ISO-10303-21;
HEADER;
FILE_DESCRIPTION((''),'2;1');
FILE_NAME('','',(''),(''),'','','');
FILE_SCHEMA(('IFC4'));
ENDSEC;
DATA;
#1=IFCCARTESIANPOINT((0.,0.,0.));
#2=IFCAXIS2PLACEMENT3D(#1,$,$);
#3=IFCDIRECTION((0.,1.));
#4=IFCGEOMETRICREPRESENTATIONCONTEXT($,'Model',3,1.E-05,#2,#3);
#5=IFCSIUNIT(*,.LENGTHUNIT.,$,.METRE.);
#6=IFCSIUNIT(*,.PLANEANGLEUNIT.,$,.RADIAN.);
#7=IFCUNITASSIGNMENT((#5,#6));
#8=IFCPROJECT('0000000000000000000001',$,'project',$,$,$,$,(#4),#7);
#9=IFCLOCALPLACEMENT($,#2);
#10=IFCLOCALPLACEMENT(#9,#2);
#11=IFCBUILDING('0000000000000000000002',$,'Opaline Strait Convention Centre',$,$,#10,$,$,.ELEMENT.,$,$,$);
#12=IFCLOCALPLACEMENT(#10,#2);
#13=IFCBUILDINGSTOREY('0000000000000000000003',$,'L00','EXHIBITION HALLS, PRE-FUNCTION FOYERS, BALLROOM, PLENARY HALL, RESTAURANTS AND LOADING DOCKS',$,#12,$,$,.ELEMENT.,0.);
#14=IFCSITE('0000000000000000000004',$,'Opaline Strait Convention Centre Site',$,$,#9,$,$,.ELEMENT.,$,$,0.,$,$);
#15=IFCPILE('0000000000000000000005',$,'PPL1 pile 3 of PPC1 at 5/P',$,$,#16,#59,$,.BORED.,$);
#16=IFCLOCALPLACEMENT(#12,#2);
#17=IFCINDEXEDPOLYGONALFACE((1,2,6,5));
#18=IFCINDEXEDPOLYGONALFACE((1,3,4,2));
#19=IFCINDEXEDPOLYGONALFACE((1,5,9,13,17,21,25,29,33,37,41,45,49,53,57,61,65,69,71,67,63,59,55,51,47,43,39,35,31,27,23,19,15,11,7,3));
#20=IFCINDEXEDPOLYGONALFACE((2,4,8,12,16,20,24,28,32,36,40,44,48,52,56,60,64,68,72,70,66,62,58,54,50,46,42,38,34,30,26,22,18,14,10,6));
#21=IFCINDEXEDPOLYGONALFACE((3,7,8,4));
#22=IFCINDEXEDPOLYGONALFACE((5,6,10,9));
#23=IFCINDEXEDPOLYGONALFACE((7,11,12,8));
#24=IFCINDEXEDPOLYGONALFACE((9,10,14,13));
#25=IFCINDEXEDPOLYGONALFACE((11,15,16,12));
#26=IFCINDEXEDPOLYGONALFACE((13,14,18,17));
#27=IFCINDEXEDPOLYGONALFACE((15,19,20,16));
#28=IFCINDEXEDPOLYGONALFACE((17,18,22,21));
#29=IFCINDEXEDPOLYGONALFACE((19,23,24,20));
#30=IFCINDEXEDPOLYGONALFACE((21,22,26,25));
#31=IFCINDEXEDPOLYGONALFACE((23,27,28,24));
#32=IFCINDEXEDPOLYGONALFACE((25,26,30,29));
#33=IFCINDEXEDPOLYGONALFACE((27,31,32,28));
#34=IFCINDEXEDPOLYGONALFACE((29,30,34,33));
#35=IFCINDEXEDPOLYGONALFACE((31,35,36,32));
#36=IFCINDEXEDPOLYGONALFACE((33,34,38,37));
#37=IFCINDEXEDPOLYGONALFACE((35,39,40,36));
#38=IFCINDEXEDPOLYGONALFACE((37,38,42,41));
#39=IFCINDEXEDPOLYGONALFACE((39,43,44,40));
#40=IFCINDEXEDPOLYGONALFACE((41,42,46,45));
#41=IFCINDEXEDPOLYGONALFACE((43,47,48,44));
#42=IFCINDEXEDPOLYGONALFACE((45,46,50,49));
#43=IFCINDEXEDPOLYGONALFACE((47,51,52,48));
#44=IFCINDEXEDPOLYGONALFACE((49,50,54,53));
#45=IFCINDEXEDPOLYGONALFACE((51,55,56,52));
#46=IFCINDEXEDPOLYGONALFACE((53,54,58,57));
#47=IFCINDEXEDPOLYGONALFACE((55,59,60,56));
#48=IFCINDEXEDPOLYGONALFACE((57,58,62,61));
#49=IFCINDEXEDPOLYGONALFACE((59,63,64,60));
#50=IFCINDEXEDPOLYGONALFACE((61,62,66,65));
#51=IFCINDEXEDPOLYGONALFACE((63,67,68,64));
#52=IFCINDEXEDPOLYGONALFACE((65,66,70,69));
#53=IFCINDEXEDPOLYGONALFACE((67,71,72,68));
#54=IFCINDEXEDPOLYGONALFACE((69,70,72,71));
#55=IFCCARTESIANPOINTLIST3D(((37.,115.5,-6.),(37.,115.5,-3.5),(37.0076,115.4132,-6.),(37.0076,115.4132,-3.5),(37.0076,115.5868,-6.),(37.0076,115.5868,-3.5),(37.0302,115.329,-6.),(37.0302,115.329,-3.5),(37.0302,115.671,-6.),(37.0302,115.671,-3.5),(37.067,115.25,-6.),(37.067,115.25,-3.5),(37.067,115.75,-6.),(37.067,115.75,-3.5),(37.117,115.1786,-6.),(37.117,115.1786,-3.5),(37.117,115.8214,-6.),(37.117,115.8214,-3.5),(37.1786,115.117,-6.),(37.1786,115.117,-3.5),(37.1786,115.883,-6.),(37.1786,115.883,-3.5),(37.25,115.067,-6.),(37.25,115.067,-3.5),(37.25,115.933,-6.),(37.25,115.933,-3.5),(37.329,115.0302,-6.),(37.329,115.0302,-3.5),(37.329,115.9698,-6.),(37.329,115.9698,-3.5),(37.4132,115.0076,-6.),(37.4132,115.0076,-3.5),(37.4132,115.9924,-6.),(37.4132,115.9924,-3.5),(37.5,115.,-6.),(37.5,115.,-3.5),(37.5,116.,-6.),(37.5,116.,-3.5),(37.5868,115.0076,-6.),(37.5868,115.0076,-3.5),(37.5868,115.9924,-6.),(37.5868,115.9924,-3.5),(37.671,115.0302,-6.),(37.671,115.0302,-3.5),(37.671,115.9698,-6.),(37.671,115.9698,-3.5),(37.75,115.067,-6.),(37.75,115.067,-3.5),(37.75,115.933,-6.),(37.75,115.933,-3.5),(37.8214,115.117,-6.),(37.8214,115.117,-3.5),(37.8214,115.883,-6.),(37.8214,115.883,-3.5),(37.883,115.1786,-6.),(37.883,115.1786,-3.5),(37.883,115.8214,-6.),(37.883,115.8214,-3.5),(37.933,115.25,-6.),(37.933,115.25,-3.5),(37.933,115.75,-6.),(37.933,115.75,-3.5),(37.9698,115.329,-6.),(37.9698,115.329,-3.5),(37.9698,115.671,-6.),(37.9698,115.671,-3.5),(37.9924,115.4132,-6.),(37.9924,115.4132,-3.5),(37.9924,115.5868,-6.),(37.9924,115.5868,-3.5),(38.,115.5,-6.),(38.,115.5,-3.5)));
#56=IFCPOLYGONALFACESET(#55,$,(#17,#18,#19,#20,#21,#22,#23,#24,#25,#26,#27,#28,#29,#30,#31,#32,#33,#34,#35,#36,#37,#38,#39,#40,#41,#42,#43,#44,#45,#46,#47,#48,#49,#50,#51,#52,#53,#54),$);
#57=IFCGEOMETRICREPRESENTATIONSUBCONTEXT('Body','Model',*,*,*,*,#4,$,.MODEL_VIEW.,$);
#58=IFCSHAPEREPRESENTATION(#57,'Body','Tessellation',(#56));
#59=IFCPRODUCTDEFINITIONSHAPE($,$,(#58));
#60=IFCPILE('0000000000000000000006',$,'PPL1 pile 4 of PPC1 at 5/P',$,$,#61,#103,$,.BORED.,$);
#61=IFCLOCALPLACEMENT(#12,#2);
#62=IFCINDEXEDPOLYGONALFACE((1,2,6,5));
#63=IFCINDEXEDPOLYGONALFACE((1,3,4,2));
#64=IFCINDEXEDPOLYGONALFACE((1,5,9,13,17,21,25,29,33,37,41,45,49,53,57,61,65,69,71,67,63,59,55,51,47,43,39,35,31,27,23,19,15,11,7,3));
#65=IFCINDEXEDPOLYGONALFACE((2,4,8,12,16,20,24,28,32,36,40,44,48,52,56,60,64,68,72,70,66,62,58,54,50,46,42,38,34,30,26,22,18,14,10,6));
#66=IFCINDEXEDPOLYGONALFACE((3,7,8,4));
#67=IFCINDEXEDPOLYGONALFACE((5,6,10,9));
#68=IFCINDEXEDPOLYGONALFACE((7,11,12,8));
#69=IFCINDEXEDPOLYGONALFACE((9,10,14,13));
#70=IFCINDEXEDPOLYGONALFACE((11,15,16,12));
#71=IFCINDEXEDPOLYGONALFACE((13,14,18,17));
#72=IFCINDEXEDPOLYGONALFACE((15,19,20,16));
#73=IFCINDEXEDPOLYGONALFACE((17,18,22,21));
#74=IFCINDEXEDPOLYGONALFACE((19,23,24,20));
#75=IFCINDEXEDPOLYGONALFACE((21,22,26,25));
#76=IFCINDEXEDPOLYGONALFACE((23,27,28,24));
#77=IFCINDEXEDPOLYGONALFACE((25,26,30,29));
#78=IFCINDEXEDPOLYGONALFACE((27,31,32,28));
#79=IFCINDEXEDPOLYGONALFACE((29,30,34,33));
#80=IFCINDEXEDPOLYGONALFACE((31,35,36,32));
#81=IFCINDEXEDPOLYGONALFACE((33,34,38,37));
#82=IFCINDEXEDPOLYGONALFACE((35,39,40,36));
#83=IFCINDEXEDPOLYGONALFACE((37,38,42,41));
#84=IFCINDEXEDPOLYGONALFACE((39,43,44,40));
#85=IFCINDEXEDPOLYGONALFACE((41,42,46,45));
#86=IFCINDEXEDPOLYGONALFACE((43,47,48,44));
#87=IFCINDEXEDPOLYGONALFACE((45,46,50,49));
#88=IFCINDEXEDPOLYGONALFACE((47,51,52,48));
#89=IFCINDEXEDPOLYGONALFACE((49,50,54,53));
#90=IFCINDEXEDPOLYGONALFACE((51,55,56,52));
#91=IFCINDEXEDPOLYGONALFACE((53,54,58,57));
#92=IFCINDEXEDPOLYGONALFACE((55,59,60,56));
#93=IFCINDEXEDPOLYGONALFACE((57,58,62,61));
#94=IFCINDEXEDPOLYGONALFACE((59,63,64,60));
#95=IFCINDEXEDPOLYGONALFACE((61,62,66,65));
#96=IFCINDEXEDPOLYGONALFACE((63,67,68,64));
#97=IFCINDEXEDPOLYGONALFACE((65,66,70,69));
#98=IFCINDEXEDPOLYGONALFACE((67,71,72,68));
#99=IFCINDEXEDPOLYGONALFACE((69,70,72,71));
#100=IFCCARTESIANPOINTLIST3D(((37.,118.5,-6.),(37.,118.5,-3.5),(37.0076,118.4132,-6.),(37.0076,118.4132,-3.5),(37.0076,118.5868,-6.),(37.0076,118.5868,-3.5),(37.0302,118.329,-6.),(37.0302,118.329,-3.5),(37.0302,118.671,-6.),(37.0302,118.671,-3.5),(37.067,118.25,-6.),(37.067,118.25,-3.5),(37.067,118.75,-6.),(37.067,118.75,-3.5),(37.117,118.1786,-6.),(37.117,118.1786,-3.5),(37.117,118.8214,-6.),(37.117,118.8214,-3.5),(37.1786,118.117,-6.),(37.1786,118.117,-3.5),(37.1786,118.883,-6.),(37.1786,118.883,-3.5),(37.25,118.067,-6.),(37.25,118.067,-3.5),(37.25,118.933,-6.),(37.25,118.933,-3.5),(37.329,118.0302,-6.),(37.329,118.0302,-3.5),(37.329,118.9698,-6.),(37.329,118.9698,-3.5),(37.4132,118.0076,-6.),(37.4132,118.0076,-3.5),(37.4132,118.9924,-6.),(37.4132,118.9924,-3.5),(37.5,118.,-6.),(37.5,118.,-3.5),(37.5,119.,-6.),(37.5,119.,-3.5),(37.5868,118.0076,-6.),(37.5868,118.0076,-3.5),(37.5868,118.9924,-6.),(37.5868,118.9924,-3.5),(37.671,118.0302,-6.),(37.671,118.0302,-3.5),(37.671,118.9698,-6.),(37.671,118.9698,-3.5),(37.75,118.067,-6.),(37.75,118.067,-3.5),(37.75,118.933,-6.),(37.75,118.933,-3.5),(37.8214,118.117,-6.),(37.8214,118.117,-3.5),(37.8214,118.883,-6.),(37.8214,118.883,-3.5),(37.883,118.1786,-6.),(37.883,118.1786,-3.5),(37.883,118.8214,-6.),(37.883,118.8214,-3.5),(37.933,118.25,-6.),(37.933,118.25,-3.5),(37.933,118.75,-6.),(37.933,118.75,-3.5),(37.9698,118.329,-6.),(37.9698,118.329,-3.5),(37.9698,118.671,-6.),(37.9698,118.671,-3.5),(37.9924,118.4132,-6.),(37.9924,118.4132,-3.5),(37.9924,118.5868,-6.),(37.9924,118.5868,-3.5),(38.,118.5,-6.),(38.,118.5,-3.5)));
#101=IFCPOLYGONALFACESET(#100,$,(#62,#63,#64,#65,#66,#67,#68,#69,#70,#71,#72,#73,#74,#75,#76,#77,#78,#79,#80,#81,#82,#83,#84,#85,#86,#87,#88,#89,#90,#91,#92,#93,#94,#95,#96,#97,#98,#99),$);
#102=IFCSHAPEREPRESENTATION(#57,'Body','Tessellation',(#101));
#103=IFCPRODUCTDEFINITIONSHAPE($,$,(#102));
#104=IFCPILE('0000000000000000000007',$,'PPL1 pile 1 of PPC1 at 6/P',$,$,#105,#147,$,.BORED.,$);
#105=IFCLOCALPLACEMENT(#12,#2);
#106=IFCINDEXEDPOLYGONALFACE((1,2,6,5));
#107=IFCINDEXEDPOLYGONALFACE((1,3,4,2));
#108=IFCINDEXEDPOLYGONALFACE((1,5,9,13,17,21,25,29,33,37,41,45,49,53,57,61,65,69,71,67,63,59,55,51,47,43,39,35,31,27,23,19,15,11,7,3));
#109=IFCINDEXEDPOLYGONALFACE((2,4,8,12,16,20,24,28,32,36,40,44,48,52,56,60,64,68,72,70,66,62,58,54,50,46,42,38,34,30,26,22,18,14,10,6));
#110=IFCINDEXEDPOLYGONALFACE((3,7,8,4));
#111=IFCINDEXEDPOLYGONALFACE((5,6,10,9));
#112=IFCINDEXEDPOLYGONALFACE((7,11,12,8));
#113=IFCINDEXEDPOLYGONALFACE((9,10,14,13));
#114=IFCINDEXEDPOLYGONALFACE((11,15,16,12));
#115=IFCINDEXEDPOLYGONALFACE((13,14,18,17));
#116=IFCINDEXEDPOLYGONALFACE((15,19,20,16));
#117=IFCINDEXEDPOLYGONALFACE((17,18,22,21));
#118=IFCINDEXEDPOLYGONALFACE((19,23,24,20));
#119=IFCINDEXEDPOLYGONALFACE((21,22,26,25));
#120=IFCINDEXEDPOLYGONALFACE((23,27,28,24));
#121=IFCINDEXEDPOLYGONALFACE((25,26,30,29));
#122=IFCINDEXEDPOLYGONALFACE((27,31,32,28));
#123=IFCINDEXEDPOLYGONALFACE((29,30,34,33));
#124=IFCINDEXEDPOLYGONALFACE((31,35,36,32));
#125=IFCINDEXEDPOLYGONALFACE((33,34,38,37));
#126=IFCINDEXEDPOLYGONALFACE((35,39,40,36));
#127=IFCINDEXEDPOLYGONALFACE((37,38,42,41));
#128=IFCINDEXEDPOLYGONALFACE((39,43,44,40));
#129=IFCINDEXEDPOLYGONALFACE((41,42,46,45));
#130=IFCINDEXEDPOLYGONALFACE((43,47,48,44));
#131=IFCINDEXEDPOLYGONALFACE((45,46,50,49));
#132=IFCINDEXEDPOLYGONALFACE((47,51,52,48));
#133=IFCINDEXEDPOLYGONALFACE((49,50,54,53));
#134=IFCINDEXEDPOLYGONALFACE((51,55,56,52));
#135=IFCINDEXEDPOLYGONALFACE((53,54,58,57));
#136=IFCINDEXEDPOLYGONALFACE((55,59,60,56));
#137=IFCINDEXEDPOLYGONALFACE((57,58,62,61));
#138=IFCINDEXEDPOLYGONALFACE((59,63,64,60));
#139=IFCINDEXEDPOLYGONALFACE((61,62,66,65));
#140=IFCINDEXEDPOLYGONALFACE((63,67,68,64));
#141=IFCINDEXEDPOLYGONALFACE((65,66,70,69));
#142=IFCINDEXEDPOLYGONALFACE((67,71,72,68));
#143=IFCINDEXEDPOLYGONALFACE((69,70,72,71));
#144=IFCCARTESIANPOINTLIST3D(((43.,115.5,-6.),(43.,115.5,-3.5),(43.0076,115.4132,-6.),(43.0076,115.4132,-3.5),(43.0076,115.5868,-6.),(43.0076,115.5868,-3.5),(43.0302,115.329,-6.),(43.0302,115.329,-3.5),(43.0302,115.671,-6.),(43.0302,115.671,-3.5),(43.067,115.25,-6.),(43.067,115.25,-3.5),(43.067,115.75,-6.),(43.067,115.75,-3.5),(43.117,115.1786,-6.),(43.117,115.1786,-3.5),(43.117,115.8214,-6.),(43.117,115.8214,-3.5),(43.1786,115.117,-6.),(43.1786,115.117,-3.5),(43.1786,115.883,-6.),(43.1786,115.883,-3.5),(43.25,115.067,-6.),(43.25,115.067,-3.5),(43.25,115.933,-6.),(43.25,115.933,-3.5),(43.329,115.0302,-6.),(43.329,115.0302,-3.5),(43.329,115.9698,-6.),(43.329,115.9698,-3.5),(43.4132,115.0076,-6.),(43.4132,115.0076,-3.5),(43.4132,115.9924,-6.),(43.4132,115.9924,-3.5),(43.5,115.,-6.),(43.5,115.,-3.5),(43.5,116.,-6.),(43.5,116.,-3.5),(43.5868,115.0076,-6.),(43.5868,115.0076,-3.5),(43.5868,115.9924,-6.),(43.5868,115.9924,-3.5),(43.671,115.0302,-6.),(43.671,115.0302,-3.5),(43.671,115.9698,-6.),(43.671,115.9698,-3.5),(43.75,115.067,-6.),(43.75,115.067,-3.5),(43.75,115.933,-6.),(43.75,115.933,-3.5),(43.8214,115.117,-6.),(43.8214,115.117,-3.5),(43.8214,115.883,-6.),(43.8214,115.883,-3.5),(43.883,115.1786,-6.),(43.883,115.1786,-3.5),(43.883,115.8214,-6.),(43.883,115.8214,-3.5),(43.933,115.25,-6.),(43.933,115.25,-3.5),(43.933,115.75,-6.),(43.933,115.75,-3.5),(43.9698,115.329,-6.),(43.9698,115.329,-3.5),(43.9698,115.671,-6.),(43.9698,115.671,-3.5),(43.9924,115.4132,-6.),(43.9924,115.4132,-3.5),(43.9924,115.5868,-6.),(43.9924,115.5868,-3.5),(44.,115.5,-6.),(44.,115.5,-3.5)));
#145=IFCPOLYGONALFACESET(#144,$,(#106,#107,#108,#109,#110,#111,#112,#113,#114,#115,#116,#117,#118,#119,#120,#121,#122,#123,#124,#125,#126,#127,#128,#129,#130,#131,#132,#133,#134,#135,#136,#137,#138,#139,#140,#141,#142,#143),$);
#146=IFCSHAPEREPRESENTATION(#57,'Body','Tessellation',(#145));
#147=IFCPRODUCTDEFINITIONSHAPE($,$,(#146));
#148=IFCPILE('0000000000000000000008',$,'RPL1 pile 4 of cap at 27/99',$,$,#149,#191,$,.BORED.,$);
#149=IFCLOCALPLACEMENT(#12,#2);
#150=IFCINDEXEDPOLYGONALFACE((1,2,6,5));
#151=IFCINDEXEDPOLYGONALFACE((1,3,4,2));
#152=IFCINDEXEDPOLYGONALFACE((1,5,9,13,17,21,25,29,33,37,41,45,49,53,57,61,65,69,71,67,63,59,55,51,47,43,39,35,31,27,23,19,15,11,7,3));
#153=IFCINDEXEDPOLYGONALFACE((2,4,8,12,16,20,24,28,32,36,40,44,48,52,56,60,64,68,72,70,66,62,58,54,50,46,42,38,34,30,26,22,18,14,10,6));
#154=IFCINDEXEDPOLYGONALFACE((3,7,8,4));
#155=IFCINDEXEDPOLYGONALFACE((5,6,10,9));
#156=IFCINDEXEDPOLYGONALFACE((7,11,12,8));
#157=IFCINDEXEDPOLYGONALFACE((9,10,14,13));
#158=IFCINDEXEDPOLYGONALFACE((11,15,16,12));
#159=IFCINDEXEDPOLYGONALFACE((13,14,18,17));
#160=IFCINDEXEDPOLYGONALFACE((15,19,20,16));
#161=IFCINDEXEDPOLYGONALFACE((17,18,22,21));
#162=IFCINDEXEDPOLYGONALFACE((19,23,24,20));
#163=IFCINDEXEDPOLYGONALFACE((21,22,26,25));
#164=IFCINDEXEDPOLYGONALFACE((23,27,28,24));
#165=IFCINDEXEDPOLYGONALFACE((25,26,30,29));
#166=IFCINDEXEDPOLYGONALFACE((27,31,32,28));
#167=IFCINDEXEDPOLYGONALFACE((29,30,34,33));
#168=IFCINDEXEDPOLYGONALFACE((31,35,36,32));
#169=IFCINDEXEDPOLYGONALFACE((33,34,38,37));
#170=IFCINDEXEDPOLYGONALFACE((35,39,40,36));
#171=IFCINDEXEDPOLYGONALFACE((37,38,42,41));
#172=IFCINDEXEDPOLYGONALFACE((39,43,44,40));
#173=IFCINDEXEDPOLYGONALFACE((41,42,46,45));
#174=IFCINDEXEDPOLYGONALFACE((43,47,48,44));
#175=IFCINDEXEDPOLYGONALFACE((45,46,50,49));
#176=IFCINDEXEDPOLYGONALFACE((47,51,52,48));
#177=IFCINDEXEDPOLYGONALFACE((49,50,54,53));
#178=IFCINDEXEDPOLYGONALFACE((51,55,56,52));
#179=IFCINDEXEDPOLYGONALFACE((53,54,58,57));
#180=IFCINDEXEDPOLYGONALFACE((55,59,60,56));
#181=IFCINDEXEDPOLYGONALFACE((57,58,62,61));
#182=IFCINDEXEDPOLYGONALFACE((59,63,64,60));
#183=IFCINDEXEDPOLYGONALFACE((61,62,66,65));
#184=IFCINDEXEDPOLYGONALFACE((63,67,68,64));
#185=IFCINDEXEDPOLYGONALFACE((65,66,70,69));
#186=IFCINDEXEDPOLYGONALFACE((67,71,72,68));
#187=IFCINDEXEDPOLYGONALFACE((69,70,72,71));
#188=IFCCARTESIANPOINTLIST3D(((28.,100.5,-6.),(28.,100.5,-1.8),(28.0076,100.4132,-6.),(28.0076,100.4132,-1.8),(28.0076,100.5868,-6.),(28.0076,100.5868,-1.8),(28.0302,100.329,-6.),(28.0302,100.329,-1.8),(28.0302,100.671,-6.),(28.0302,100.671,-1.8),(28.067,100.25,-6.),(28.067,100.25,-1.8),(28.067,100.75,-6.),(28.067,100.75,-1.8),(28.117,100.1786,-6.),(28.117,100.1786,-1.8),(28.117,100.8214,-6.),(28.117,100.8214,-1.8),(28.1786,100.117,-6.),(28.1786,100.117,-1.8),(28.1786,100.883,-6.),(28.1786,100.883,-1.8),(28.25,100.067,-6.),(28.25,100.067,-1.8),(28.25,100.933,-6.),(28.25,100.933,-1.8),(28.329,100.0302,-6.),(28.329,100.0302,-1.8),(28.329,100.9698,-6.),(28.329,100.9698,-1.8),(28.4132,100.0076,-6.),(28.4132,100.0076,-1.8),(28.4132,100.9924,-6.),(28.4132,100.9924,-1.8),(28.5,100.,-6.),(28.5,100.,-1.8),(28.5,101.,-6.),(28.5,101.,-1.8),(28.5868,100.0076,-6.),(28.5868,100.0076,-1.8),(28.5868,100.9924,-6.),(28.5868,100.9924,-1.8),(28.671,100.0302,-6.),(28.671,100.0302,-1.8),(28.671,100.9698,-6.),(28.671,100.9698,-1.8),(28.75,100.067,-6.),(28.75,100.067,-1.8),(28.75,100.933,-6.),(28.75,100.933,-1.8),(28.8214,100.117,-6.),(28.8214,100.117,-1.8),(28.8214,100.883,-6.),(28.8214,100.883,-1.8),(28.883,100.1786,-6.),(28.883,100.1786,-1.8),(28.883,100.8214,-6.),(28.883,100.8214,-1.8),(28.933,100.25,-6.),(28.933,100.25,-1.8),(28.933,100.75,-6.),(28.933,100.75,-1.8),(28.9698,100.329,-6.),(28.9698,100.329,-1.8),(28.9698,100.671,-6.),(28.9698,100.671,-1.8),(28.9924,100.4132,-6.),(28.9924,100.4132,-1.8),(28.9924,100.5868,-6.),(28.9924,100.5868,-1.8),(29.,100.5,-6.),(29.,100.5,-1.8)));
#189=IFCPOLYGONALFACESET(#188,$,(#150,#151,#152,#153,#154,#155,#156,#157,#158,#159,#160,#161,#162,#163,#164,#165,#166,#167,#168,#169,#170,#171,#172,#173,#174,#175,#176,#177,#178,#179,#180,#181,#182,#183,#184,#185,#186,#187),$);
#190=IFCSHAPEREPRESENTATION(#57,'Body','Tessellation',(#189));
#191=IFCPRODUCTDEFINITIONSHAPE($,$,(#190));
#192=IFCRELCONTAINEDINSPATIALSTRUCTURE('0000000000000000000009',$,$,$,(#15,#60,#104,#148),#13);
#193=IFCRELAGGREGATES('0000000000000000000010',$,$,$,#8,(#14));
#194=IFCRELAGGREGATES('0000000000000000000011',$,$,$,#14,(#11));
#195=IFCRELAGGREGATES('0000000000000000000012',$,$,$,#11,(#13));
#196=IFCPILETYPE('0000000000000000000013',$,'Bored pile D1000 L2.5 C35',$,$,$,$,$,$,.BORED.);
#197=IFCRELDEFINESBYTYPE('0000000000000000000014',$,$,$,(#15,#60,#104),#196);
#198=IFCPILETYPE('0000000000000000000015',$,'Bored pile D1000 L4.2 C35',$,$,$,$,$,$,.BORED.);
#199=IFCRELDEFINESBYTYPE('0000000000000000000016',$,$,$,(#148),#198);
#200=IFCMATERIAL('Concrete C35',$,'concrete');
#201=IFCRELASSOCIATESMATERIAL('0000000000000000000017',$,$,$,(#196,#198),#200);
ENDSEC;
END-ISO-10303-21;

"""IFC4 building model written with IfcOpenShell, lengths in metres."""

from ifc_helpers import new_model, si_unit, direction, frame, origin, origin_2d, place, context, subcontext, project, spatial, circle, extrude, material, material_profile, profile_set, type_object, element, save


model = new_model("IFC4")

# Units and contexts
model_context = context("Model", 3, precision=1e-05, world=origin(), true_north=direction((0.0, 1.0)))
body_context = subcontext(model_context, "Body", "Model", "MODEL_VIEW")
ifc_project = project(units=[si_unit("LENGTHUNIT", "METRE"), si_unit("PLANEANGLEUNIT", "RADIAN")], contexts=[model_context])

# Site, building, storey
site_placement = place(None, origin())
site = spatial("IfcSite", under=ifc_project, at=site_placement, Name="Opaline Strait Convention Centre Site", CompositionType="ELEMENT", RefElevation=0.0)
building_placement = place(site_placement, origin())
building = spatial("IfcBuilding", under=site, at=building_placement, Name="Opaline Strait Convention Centre", CompositionType="ELEMENT")
storey_placement = place(building_placement, origin())
storey = spatial("IfcBuildingStorey", under=building, at=storey_placement, Name="L00", Description="EXHIBITION HALLS, PRE-FUNCTION FOYERS, BALLROOM, PLENARY HALL, RESTAURANTS AND LOADING DOCKS", CompositionType="ELEMENT", Elevation=0.0)

# Piles
ifc_material_1 = material(Name="Concrete C35", Category="concrete")
ifc_material_profile_1 = material_profile(ifc_material_1, circle(Radius=0.5, at=origin_2d()), Name="D1000")
ifc_profile_set_1 = profile_set([ifc_material_profile_1], Name="Concrete C35")
pile_type_1 = type_object("IfcPileType", Name="Bored pile D1000 L2.5 C35", PredefinedType="BORED", material=ifc_profile_set_1)
for number, where, z_axis, x_axis, name in (
    (1, (37.5, 115.5, -3.5), (0.0, 0.0, -1.0), (1.0, 0.0, 0.0), "PPL1 pile 3 of PPC1 at 5/P"),
    (2, (37.5, 118.5, -3.5), (0.0, 0.0, -1.0), (1.0, 0.0, 0.0), "PPL1 pile 4 of PPC1 at 5/P"),
    (3, (43.5, 115.5, -3.5), (0.0, 0.0, -1.0), (1.0, 0.0, 0.0), "PPL1 pile 1 of PPC1 at 6/P"),
):
    element("IfcPile", number, at=place(storey_placement, frame(where, z_axis=z_axis, x_axis=x_axis)), inside=storey, type_object=pile_type_1, Name=name, PredefinedType="BORED", context=body_context, shape_type="SweptSolid", body=[
        extrude(circle(Radius=0.5, at=origin_2d()), origin(), (0.0, 0.0, 1.0), 2.5),
    ])
ifc_material_profile_2 = material_profile(ifc_material_1, circle(Radius=0.5, at=origin_2d()), Name="D1000")
ifc_profile_set_2 = profile_set([ifc_material_profile_2], Name="Concrete C35")
pile_type_2 = type_object("IfcPileType", Name="Bored pile D1000 L4.2 C35", PredefinedType="BORED", material=ifc_profile_set_2)
for number, where, z_axis, x_axis, name in (
    (4, (28.5, 100.5, -1.8), (0.0, 0.0, -1.0), (1.0, 0.0, 0.0), "RPL1 pile 4 of cap at 27/99"),
):
    element("IfcPile", number, at=place(storey_placement, frame(where, z_axis=z_axis, x_axis=x_axis)), inside=storey, type_object=pile_type_2, Name=name, PredefinedType="BORED", context=body_context, shape_type="SweptSolid", body=[
        extrude(circle(Radius=0.5, at=origin_2d()), origin(), (0.0, 0.0, 1.0), 4.2),
    ])

save(model, "model.ifc")
